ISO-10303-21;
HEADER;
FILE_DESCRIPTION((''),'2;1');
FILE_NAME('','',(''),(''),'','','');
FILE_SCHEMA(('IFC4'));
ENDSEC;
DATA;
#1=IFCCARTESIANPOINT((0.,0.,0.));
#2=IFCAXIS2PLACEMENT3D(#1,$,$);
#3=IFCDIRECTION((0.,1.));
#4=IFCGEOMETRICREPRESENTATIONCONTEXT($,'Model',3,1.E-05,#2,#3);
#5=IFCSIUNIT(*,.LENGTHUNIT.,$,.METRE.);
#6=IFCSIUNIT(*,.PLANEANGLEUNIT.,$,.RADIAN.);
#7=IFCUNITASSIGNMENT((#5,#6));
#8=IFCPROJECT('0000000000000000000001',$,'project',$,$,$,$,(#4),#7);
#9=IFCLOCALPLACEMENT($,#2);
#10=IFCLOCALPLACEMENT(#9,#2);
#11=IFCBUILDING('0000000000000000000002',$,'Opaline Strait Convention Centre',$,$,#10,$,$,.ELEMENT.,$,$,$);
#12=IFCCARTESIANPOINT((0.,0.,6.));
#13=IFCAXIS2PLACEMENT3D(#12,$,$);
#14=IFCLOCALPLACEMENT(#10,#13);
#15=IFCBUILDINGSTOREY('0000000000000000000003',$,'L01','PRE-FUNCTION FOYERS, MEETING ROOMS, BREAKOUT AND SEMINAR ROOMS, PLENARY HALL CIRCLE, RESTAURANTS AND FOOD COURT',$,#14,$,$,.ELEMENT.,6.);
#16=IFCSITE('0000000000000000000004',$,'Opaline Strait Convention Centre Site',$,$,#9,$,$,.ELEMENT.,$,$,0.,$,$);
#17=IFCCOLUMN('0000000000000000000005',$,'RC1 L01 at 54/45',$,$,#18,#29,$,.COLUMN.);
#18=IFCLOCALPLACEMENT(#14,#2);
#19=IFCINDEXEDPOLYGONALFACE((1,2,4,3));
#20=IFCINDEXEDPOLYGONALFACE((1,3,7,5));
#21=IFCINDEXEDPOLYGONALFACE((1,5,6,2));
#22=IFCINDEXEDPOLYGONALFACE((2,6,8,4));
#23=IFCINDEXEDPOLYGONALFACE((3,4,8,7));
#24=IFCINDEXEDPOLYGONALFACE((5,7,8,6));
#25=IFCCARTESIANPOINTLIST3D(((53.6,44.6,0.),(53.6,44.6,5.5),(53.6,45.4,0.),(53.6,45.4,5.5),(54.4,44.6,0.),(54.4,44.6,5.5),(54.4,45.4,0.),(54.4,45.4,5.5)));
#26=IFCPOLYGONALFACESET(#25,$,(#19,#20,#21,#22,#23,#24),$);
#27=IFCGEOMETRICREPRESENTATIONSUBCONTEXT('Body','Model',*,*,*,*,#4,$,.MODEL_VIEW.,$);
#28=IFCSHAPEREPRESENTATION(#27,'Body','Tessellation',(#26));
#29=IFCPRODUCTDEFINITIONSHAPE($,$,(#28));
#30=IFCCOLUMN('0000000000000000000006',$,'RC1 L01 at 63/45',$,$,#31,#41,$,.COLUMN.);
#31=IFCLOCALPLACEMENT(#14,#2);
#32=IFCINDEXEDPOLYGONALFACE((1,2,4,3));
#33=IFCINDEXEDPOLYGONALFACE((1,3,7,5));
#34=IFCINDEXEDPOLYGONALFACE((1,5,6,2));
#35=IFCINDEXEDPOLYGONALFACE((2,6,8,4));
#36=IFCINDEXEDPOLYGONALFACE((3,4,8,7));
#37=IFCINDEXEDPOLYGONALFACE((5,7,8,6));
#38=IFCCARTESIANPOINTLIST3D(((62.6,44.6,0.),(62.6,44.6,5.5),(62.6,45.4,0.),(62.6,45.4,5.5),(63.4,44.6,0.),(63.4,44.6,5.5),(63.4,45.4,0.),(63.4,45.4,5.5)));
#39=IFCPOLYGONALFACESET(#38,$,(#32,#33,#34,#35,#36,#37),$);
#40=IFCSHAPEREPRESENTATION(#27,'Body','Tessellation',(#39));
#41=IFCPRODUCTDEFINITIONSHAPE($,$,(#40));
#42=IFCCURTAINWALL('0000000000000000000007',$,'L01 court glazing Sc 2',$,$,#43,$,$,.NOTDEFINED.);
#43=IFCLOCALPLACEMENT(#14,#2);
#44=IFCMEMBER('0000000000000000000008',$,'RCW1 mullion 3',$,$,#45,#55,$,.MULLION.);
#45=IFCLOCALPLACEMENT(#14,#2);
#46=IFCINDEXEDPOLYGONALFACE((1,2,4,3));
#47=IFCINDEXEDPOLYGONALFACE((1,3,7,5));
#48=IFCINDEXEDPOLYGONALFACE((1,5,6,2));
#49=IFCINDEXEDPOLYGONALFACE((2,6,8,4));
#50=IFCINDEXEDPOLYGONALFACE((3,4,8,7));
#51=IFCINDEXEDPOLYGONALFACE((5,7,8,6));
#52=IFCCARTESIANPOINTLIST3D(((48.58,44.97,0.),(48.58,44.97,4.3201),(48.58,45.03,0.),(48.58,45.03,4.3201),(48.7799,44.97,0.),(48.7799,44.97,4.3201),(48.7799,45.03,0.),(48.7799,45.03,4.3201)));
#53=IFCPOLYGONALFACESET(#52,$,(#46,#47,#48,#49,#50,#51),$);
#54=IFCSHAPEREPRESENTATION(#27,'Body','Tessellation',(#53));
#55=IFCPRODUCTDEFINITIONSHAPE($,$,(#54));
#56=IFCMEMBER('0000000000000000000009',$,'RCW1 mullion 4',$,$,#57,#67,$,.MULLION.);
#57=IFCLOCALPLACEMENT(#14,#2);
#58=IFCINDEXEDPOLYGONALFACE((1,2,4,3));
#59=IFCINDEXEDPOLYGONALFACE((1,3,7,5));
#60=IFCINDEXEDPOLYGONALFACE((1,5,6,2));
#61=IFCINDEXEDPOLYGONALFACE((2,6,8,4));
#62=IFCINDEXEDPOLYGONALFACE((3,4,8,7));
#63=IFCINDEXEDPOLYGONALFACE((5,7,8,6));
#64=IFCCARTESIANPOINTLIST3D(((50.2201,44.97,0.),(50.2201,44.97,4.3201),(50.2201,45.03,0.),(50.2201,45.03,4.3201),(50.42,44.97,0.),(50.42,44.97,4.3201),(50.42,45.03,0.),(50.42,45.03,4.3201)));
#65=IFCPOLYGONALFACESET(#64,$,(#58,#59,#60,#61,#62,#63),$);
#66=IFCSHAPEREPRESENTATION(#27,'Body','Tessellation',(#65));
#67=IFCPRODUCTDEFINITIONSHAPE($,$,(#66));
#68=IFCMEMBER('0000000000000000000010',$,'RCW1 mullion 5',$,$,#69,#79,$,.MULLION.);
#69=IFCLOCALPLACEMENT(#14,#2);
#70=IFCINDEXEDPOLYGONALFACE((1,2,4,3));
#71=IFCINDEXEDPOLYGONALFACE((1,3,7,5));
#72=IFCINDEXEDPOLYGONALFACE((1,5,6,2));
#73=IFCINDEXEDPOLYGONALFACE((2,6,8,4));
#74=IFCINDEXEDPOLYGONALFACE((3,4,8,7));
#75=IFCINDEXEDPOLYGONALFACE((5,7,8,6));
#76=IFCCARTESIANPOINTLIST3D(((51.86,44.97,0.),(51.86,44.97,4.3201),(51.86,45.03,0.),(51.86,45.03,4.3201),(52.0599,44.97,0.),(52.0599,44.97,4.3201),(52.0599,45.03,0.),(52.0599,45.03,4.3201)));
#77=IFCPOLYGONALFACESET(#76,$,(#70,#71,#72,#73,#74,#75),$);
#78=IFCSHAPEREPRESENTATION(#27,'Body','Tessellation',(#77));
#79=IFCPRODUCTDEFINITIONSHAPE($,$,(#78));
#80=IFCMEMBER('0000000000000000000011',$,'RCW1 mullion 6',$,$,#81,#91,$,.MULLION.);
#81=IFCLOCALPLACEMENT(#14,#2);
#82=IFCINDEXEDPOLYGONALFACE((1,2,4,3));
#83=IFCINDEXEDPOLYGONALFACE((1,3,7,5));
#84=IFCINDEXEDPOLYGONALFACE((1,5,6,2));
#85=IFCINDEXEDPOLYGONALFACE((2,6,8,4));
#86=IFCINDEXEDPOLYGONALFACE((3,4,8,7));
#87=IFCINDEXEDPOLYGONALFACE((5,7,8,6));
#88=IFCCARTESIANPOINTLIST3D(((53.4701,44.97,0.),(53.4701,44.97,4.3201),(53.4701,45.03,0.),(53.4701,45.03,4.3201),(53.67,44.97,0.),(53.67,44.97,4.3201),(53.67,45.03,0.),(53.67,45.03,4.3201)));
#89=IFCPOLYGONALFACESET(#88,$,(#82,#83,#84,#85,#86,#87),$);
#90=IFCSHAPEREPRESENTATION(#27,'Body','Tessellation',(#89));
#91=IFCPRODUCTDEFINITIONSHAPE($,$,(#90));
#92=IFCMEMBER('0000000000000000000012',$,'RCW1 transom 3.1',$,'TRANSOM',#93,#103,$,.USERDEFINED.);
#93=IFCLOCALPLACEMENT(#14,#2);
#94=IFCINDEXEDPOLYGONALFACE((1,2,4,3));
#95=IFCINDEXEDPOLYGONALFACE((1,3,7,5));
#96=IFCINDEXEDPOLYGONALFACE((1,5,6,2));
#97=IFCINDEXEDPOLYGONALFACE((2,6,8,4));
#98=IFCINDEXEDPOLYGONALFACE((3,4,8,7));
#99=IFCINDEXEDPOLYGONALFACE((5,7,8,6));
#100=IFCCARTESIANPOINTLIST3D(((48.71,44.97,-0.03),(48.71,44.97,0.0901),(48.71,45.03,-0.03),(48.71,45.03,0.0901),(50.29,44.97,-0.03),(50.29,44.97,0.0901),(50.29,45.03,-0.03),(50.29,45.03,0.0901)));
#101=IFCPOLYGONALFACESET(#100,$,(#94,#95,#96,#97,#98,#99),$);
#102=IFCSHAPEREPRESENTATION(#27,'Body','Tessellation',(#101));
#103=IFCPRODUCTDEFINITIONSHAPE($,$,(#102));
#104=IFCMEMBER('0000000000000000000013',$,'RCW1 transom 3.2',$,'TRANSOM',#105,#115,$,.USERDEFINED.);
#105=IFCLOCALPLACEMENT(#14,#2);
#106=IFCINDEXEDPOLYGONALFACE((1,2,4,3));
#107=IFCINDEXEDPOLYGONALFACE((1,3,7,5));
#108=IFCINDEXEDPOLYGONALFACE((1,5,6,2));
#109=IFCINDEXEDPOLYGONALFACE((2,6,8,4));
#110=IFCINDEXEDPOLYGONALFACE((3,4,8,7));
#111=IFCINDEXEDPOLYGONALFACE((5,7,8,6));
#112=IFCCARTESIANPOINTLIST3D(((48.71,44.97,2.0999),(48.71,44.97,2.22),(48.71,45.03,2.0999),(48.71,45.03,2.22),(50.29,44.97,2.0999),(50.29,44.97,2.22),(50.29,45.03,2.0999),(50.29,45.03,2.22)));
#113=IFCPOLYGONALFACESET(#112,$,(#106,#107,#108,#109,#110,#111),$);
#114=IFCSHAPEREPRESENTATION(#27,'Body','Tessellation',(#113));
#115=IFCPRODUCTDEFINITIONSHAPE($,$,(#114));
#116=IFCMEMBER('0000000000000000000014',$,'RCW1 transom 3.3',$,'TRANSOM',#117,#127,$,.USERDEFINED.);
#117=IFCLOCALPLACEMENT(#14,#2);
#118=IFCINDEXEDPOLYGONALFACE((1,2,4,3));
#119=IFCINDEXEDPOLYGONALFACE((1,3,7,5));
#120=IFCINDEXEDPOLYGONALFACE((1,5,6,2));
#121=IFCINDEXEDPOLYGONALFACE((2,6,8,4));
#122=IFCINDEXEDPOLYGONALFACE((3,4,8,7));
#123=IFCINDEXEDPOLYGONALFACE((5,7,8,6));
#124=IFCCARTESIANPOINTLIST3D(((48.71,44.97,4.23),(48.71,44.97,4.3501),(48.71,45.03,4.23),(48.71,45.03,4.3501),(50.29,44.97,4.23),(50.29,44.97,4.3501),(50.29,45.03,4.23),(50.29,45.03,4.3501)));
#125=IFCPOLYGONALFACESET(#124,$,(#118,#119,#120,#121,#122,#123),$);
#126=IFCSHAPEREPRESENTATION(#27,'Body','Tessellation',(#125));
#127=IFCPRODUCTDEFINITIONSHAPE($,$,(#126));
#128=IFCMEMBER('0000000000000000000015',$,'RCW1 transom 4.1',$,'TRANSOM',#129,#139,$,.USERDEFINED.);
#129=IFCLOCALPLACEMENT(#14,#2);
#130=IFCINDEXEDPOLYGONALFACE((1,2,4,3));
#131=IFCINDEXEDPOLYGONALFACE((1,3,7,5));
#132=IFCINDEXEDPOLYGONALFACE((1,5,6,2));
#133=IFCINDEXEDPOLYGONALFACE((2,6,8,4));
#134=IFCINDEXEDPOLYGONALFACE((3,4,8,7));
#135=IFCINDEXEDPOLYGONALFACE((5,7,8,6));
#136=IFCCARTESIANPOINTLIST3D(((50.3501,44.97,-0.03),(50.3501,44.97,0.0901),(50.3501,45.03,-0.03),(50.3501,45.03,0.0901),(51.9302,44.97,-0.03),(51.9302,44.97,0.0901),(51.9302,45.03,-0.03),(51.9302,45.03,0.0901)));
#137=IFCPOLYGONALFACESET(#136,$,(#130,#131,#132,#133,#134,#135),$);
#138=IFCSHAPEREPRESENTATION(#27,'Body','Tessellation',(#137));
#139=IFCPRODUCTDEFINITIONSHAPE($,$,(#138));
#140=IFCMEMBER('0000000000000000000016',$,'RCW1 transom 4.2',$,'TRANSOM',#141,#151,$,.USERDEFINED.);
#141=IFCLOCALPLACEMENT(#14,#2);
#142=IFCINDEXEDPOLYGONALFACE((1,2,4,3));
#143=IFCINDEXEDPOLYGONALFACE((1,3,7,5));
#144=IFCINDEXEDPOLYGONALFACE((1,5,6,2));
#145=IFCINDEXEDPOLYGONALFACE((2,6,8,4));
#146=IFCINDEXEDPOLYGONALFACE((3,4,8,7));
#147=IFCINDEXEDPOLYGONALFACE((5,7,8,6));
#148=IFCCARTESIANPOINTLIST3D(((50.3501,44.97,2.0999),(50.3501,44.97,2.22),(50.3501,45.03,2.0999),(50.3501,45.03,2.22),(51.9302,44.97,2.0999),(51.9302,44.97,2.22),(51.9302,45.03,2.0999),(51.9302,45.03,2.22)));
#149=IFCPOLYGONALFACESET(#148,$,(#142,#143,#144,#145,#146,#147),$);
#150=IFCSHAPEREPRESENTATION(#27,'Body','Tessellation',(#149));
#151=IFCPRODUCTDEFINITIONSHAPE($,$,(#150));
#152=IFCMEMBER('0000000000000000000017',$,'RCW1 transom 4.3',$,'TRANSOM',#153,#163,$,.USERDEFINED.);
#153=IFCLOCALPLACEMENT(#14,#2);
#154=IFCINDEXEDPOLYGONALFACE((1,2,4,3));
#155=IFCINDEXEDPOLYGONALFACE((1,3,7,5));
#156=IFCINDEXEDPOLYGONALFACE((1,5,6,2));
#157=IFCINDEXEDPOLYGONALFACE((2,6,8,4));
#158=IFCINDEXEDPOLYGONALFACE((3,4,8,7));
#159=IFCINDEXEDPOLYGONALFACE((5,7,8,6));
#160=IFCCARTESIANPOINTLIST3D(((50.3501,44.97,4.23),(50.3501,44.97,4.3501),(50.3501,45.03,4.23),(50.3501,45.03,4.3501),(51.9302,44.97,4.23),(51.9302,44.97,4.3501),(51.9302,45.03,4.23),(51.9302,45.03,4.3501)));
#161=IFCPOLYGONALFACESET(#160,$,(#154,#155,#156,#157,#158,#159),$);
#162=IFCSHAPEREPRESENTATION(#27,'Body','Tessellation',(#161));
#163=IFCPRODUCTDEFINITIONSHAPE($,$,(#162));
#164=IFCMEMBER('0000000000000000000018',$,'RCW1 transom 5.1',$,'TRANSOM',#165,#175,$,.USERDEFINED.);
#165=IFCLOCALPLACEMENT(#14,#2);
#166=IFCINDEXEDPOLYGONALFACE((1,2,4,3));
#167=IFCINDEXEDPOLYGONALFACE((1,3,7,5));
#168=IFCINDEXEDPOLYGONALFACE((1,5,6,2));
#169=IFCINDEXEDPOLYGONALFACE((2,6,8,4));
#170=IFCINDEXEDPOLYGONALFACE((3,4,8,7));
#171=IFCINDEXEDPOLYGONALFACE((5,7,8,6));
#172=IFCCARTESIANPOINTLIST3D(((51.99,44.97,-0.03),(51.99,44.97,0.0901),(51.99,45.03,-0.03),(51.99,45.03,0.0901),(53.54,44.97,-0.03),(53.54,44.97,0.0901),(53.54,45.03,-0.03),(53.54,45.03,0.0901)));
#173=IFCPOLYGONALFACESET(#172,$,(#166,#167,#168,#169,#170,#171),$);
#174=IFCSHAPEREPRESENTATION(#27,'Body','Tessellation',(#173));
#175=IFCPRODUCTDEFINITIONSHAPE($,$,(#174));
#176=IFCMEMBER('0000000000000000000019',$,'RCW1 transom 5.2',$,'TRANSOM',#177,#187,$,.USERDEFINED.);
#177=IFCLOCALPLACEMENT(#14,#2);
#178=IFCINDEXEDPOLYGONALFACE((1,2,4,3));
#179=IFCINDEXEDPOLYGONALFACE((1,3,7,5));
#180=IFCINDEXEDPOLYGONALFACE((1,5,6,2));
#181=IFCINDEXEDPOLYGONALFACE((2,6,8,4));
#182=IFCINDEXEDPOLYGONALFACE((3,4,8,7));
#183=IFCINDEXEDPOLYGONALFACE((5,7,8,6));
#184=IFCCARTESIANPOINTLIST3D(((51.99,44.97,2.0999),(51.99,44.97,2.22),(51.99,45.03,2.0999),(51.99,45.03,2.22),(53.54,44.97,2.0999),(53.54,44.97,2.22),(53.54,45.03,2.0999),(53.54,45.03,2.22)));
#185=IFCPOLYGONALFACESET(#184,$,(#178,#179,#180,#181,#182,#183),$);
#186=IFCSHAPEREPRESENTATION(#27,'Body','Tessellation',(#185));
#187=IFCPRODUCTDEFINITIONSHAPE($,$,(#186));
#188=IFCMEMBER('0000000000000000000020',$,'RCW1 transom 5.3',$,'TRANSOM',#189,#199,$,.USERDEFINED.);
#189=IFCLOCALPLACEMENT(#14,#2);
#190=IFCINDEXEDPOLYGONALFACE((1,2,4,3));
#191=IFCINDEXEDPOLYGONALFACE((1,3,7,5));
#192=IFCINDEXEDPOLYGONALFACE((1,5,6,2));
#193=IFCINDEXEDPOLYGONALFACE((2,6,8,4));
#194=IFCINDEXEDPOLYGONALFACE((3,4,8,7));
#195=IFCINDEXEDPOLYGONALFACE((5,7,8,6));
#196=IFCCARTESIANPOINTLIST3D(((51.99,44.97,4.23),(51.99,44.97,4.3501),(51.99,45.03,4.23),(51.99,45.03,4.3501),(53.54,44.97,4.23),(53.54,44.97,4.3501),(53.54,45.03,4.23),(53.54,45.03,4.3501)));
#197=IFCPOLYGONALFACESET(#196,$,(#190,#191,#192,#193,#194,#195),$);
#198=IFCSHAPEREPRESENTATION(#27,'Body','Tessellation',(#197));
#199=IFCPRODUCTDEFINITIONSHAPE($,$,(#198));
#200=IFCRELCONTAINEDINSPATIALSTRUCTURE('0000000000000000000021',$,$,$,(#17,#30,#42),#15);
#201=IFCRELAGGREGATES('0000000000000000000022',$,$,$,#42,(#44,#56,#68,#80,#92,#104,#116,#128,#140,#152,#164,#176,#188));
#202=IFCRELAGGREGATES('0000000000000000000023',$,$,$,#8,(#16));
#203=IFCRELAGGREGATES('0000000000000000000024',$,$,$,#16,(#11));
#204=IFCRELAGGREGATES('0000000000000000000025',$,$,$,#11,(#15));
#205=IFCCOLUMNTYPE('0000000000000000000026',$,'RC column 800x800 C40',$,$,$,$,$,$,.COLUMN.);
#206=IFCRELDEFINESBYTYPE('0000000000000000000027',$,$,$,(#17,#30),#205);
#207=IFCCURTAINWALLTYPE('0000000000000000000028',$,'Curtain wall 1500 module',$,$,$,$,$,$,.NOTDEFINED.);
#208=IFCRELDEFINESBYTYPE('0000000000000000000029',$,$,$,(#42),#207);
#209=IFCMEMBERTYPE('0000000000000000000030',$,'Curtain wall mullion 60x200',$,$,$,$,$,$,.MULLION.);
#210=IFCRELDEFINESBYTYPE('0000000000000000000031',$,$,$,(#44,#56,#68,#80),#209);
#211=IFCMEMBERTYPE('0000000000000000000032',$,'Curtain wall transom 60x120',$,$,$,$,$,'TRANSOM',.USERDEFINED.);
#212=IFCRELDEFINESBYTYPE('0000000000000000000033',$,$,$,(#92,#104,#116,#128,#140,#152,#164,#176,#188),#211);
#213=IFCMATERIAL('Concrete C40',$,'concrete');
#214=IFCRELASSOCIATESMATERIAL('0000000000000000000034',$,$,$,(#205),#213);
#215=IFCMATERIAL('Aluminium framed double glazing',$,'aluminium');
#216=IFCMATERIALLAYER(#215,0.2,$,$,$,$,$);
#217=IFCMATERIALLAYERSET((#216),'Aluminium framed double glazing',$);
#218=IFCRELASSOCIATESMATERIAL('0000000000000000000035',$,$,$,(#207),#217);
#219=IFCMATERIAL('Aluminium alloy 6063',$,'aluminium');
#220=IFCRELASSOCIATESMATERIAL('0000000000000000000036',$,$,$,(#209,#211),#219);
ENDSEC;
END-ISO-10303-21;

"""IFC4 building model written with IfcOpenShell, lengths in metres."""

from ifc_helpers import new_model, si_unit, direction, frame, origin, origin_2d, place, context, subcontext, project, spatial, rectangle, extrude, material, layer, layer_set, material_profile, profile_set, type_object, element, aggregate, save


model = new_model("IFC4")

# Units and contexts
model_context = context("Model", 3, precision=1e-05, world=origin(), true_north=direction((0.0, 1.0)))
body_context = subcontext(model_context, "Body", "Model", "MODEL_VIEW")
ifc_project = project(units=[si_unit("LENGTHUNIT", "METRE"), si_unit("PLANEANGLEUNIT", "RADIAN")], contexts=[model_context])

# Site, building, storey
site_placement = place(None, origin())
site = spatial("IfcSite", under=ifc_project, at=site_placement, Name="Opaline Strait Convention Centre Site", CompositionType="ELEMENT", RefElevation=0.0)
building_placement = place(site_placement, origin())
building = spatial("IfcBuilding", under=site, at=building_placement, Name="Opaline Strait Convention Centre", CompositionType="ELEMENT")
storey_placement = place(building_placement, frame((0.0, 0.0, 6.0)))
storey = spatial("IfcBuildingStorey", under=building, at=storey_placement, Name="L01", Description="PRE-FUNCTION FOYERS, MEETING ROOMS, BREAKOUT AND SEMINAR ROOMS, PLENARY HALL CIRCLE, RESTAURANTS AND FOOD COURT", CompositionType="ELEMENT", Elevation=6.0)

# Columns
ifc_material_1 = material(Name="Concrete C40", Category="concrete")
ifc_material_profile_1 = material_profile(ifc_material_1, rectangle(XDim=0.8, YDim=0.8, at=origin_2d()), Name="RC 800x800")
ifc_profile_set_1 = profile_set([ifc_material_profile_1], Name="Concrete C40")
column_type = type_object("IfcColumnType", Name="RC column 800x800 C40", PredefinedType="COLUMN", material=ifc_profile_set_1)
for number, where, z_axis, x_axis, name in (
    (1, (54.0, 45.0, 0.0), (0.0, 0.0, 1.0), (1.0, 0.0, 0.0), "RC1 L01 at 54/45"),
    (2, (63.0, 45.0, 0.0), (0.0, 0.0, 1.0), (1.0, 0.0, 0.0), "RC1 L01 at 63/45"),
):
    element("IfcColumn", number, at=place(storey_placement, frame(where, z_axis=z_axis, x_axis=x_axis)), inside=storey, type_object=column_type, Name=name, PredefinedType="COLUMN", context=body_context, shape_type="SweptSolid", body=[
        extrude(rectangle(XDim=0.8, YDim=0.8, at=origin_2d()), origin(), (0.0, 0.0, 1.0), 5.5),
    ])

# Curtain wall, members
ifc_material_2 = material(Name="Aluminium framed double glazing", Category="aluminium")
ifc_layer_1 = layer(ifc_material_2, 0.2)
ifc_layer_set_1 = layer_set([ifc_layer_1], Name="Aluminium framed double glazing")
curtain_wall_type = type_object("IfcCurtainWallType", Name="Curtain wall 1500 module", PredefinedType="NOTDEFINED", material=ifc_layer_set_1)
curtain_wall_placement = place(storey_placement, origin())
curtain_wall = element("IfcCurtainWall", 3, at=curtain_wall_placement, inside=storey, type_object=curtain_wall_type, Name="L01 court glazing Sc 2", PredefinedType="NOTDEFINED")
ifc_material_3 = material(Name="Aluminium alloy 6063", Category="aluminium")
ifc_material_profile_2 = material_profile(ifc_material_3, rectangle(XDim=0.0601, YDim=0.2, at=origin_2d()), Name="Curtain wall mullion 60x200")
ifc_profile_set_2 = profile_set([ifc_material_profile_2], Name="Aluminium alloy 6063")
member_type_1 = type_object("IfcMemberType", Name="Curtain wall mullion 60x200", PredefinedType="MULLION", material=ifc_profile_set_2)
member_1_placement = place(storey_placement, frame((48.6799, 45.0, 0.0), z_axis=(0.0, 0.0, 1.0), x_axis=(0.0, 1.0, 0.0)))
member_1 = element("IfcMember", 4, at=member_1_placement, type_object=member_type_1, Name="RCW1 mullion 3", PredefinedType="MULLION", context=body_context, shape_type="SweptSolid", body=[
    extrude(rectangle(XDim=0.0601, YDim=0.2, at=origin_2d()), origin(), (0.0, 0.0, 1.0), 4.3201),
])
member_2_placement = place(storey_placement, frame((50.3201, 45.0, 0.0), z_axis=(0.0, 0.0, 1.0), x_axis=(0.0, 1.0, 0.0)))
member_2 = element("IfcMember", 5, at=member_2_placement, type_object=member_type_1, Name="RCW1 mullion 4", PredefinedType="MULLION", context=body_context, shape_type="SweptSolid", body=[
    extrude(rectangle(XDim=0.0601, YDim=0.2, at=origin_2d()), origin(), (0.0, 0.0, 1.0), 4.3201),
])
member_3_placement = place(storey_placement, frame((51.96, 45.0, 0.0), z_axis=(0.0, 0.0, 1.0), x_axis=(0.0, 1.0, 0.0)))
member_3 = element("IfcMember", 6, at=member_3_placement, type_object=member_type_1, Name="RCW1 mullion 5", PredefinedType="MULLION", context=body_context, shape_type="SweptSolid", body=[
    extrude(rectangle(XDim=0.0601, YDim=0.2, at=origin_2d()), origin(), (0.0, 0.0, 1.0), 4.3201),
])
member_4_placement = place(storey_placement, frame((53.5701, 45.0, 0.0), z_axis=(0.0, 0.0, 1.0), x_axis=(0.0, 1.0, 0.0)))
member_4 = element("IfcMember", 7, at=member_4_placement, type_object=member_type_1, Name="RCW1 mullion 6", PredefinedType="MULLION", context=body_context, shape_type="SweptSolid", body=[
    extrude(rectangle(XDim=0.0601, YDim=0.2, at=origin_2d()), origin(), (0.0, 0.0, 1.0), 4.3201),
])
ifc_material_profile_3 = material_profile(ifc_material_3, rectangle(XDim=0.0601, YDim=0.1201, at=origin_2d()), Name="Curtain wall transom 60x120")
ifc_profile_set_3 = profile_set([ifc_material_profile_3], Name="Aluminium alloy 6063")
member_type_2 = type_object("IfcMemberType", Name="Curtain wall transom 60x120", ElementType="TRANSOM", PredefinedType="USERDEFINED", material=ifc_profile_set_3)
member_5_placement = place(storey_placement, frame((48.71, 45.0, 0.03), z_axis=(1.0, 0.0, 0.0), x_axis=(0.0, 1.0, 0.0)))
member_5 = element("IfcMember", 8, at=member_5_placement, type_object=member_type_2, Name="RCW1 transom 3.1", ObjectType="TRANSOM", PredefinedType="USERDEFINED", context=body_context, shape_type="SweptSolid", body=[
    extrude(rectangle(XDim=0.0601, YDim=0.1201, at=origin_2d()), origin(), (0.0, 0.0, 1.0), 1.5801),
])
member_6_placement = place(storey_placement, frame((48.71, 45.0, 2.1599), z_axis=(1.0, 0.0, 0.0), x_axis=(0.0, 1.0, 0.0)))
member_6 = element("IfcMember", 9, at=member_6_placement, type_object=member_type_2, Name="RCW1 transom 3.2", ObjectType="TRANSOM", PredefinedType="USERDEFINED", context=body_context, shape_type="SweptSolid", body=[
    extrude(rectangle(XDim=0.0601, YDim=0.1201, at=origin_2d()), origin(), (0.0, 0.0, 1.0), 1.5801),
])
member_7_placement = place(storey_placement, frame((48.71, 45.0, 4.29), z_axis=(1.0, 0.0, 0.0), x_axis=(0.0, 1.0, 0.0)))
member_7 = element("IfcMember", 10, at=member_7_placement, type_object=member_type_2, Name="RCW1 transom 3.3", ObjectType="TRANSOM", PredefinedType="USERDEFINED", context=body_context, shape_type="SweptSolid", body=[
    extrude(rectangle(XDim=0.0601, YDim=0.1201, at=origin_2d()), origin(), (0.0, 0.0, 1.0), 1.5801),
])
member_8_placement = place(storey_placement, frame((50.3501, 45.0, 0.03), z_axis=(1.0, 0.0, 0.0), x_axis=(0.0, 1.0, 0.0)))
member_8 = element("IfcMember", 11, at=member_8_placement, type_object=member_type_2, Name="RCW1 transom 4.1", ObjectType="TRANSOM", PredefinedType="USERDEFINED", context=body_context, shape_type="SweptSolid", body=[
    extrude(rectangle(XDim=0.0601, YDim=0.1201, at=origin_2d()), origin(), (0.0, 0.0, 1.0), 1.5801),
])
member_9_placement = place(storey_placement, frame((50.3501, 45.0, 2.1599), z_axis=(1.0, 0.0, 0.0), x_axis=(0.0, 1.0, 0.0)))
member_9 = element("IfcMember", 12, at=member_9_placement, type_object=member_type_2, Name="RCW1 transom 4.2", ObjectType="TRANSOM", PredefinedType="USERDEFINED", context=body_context, shape_type="SweptSolid", body=[
    extrude(rectangle(XDim=0.0601, YDim=0.1201, at=origin_2d()), origin(), (0.0, 0.0, 1.0), 1.5801),
])
member_10_placement = place(storey_placement, frame((50.3501, 45.0, 4.29), z_axis=(1.0, 0.0, 0.0), x_axis=(0.0, 1.0, 0.0)))
member_10 = element("IfcMember", 13, at=member_10_placement, type_object=member_type_2, Name="RCW1 transom 4.3", ObjectType="TRANSOM", PredefinedType="USERDEFINED", context=body_context, shape_type="SweptSolid", body=[
    extrude(rectangle(XDim=0.0601, YDim=0.1201, at=origin_2d()), origin(), (0.0, 0.0, 1.0), 1.5801),
])
member_11_placement = place(storey_placement, frame((51.99, 45.0, 0.03), z_axis=(1.0, 0.0, 0.0), x_axis=(0.0, 1.0, 0.0)))
member_11 = element("IfcMember", 14, at=member_11_placement, type_object=member_type_2, Name="RCW1 transom 5.1", ObjectType="TRANSOM", PredefinedType="USERDEFINED", context=body_context, shape_type="SweptSolid", body=[
    extrude(rectangle(XDim=0.0601, YDim=0.1201, at=origin_2d()), origin(), (0.0, 0.0, 1.0), 1.55),
])
member_12_placement = place(storey_placement, frame((51.99, 45.0, 2.1599), z_axis=(1.0, 0.0, 0.0), x_axis=(0.0, 1.0, 0.0)))
member_12 = element("IfcMember", 15, at=member_12_placement, type_object=member_type_2, Name="RCW1 transom 5.2", ObjectType="TRANSOM", PredefinedType="USERDEFINED", context=body_context, shape_type="SweptSolid", body=[
    extrude(rectangle(XDim=0.0601, YDim=0.1201, at=origin_2d()), origin(), (0.0, 0.0, 1.0), 1.55),
])
member_13_placement = place(storey_placement, frame((51.99, 45.0, 4.29), z_axis=(1.0, 0.0, 0.0), x_axis=(0.0, 1.0, 0.0)))
member_13 = element("IfcMember", 16, at=member_13_placement, type_object=member_type_2, Name="RCW1 transom 5.3", ObjectType="TRANSOM", PredefinedType="USERDEFINED", context=body_context, shape_type="SweptSolid", body=[
    extrude(rectangle(XDim=0.0601, YDim=0.1201, at=origin_2d()), origin(), (0.0, 0.0, 1.0), 1.55),
])

aggregate(curtain_wall, [member_1, member_2, member_3, member_4, member_5, member_6, member_7, member_8, member_9, member_10, member_11, member_12, member_13])

save(model, "model.ifc")
